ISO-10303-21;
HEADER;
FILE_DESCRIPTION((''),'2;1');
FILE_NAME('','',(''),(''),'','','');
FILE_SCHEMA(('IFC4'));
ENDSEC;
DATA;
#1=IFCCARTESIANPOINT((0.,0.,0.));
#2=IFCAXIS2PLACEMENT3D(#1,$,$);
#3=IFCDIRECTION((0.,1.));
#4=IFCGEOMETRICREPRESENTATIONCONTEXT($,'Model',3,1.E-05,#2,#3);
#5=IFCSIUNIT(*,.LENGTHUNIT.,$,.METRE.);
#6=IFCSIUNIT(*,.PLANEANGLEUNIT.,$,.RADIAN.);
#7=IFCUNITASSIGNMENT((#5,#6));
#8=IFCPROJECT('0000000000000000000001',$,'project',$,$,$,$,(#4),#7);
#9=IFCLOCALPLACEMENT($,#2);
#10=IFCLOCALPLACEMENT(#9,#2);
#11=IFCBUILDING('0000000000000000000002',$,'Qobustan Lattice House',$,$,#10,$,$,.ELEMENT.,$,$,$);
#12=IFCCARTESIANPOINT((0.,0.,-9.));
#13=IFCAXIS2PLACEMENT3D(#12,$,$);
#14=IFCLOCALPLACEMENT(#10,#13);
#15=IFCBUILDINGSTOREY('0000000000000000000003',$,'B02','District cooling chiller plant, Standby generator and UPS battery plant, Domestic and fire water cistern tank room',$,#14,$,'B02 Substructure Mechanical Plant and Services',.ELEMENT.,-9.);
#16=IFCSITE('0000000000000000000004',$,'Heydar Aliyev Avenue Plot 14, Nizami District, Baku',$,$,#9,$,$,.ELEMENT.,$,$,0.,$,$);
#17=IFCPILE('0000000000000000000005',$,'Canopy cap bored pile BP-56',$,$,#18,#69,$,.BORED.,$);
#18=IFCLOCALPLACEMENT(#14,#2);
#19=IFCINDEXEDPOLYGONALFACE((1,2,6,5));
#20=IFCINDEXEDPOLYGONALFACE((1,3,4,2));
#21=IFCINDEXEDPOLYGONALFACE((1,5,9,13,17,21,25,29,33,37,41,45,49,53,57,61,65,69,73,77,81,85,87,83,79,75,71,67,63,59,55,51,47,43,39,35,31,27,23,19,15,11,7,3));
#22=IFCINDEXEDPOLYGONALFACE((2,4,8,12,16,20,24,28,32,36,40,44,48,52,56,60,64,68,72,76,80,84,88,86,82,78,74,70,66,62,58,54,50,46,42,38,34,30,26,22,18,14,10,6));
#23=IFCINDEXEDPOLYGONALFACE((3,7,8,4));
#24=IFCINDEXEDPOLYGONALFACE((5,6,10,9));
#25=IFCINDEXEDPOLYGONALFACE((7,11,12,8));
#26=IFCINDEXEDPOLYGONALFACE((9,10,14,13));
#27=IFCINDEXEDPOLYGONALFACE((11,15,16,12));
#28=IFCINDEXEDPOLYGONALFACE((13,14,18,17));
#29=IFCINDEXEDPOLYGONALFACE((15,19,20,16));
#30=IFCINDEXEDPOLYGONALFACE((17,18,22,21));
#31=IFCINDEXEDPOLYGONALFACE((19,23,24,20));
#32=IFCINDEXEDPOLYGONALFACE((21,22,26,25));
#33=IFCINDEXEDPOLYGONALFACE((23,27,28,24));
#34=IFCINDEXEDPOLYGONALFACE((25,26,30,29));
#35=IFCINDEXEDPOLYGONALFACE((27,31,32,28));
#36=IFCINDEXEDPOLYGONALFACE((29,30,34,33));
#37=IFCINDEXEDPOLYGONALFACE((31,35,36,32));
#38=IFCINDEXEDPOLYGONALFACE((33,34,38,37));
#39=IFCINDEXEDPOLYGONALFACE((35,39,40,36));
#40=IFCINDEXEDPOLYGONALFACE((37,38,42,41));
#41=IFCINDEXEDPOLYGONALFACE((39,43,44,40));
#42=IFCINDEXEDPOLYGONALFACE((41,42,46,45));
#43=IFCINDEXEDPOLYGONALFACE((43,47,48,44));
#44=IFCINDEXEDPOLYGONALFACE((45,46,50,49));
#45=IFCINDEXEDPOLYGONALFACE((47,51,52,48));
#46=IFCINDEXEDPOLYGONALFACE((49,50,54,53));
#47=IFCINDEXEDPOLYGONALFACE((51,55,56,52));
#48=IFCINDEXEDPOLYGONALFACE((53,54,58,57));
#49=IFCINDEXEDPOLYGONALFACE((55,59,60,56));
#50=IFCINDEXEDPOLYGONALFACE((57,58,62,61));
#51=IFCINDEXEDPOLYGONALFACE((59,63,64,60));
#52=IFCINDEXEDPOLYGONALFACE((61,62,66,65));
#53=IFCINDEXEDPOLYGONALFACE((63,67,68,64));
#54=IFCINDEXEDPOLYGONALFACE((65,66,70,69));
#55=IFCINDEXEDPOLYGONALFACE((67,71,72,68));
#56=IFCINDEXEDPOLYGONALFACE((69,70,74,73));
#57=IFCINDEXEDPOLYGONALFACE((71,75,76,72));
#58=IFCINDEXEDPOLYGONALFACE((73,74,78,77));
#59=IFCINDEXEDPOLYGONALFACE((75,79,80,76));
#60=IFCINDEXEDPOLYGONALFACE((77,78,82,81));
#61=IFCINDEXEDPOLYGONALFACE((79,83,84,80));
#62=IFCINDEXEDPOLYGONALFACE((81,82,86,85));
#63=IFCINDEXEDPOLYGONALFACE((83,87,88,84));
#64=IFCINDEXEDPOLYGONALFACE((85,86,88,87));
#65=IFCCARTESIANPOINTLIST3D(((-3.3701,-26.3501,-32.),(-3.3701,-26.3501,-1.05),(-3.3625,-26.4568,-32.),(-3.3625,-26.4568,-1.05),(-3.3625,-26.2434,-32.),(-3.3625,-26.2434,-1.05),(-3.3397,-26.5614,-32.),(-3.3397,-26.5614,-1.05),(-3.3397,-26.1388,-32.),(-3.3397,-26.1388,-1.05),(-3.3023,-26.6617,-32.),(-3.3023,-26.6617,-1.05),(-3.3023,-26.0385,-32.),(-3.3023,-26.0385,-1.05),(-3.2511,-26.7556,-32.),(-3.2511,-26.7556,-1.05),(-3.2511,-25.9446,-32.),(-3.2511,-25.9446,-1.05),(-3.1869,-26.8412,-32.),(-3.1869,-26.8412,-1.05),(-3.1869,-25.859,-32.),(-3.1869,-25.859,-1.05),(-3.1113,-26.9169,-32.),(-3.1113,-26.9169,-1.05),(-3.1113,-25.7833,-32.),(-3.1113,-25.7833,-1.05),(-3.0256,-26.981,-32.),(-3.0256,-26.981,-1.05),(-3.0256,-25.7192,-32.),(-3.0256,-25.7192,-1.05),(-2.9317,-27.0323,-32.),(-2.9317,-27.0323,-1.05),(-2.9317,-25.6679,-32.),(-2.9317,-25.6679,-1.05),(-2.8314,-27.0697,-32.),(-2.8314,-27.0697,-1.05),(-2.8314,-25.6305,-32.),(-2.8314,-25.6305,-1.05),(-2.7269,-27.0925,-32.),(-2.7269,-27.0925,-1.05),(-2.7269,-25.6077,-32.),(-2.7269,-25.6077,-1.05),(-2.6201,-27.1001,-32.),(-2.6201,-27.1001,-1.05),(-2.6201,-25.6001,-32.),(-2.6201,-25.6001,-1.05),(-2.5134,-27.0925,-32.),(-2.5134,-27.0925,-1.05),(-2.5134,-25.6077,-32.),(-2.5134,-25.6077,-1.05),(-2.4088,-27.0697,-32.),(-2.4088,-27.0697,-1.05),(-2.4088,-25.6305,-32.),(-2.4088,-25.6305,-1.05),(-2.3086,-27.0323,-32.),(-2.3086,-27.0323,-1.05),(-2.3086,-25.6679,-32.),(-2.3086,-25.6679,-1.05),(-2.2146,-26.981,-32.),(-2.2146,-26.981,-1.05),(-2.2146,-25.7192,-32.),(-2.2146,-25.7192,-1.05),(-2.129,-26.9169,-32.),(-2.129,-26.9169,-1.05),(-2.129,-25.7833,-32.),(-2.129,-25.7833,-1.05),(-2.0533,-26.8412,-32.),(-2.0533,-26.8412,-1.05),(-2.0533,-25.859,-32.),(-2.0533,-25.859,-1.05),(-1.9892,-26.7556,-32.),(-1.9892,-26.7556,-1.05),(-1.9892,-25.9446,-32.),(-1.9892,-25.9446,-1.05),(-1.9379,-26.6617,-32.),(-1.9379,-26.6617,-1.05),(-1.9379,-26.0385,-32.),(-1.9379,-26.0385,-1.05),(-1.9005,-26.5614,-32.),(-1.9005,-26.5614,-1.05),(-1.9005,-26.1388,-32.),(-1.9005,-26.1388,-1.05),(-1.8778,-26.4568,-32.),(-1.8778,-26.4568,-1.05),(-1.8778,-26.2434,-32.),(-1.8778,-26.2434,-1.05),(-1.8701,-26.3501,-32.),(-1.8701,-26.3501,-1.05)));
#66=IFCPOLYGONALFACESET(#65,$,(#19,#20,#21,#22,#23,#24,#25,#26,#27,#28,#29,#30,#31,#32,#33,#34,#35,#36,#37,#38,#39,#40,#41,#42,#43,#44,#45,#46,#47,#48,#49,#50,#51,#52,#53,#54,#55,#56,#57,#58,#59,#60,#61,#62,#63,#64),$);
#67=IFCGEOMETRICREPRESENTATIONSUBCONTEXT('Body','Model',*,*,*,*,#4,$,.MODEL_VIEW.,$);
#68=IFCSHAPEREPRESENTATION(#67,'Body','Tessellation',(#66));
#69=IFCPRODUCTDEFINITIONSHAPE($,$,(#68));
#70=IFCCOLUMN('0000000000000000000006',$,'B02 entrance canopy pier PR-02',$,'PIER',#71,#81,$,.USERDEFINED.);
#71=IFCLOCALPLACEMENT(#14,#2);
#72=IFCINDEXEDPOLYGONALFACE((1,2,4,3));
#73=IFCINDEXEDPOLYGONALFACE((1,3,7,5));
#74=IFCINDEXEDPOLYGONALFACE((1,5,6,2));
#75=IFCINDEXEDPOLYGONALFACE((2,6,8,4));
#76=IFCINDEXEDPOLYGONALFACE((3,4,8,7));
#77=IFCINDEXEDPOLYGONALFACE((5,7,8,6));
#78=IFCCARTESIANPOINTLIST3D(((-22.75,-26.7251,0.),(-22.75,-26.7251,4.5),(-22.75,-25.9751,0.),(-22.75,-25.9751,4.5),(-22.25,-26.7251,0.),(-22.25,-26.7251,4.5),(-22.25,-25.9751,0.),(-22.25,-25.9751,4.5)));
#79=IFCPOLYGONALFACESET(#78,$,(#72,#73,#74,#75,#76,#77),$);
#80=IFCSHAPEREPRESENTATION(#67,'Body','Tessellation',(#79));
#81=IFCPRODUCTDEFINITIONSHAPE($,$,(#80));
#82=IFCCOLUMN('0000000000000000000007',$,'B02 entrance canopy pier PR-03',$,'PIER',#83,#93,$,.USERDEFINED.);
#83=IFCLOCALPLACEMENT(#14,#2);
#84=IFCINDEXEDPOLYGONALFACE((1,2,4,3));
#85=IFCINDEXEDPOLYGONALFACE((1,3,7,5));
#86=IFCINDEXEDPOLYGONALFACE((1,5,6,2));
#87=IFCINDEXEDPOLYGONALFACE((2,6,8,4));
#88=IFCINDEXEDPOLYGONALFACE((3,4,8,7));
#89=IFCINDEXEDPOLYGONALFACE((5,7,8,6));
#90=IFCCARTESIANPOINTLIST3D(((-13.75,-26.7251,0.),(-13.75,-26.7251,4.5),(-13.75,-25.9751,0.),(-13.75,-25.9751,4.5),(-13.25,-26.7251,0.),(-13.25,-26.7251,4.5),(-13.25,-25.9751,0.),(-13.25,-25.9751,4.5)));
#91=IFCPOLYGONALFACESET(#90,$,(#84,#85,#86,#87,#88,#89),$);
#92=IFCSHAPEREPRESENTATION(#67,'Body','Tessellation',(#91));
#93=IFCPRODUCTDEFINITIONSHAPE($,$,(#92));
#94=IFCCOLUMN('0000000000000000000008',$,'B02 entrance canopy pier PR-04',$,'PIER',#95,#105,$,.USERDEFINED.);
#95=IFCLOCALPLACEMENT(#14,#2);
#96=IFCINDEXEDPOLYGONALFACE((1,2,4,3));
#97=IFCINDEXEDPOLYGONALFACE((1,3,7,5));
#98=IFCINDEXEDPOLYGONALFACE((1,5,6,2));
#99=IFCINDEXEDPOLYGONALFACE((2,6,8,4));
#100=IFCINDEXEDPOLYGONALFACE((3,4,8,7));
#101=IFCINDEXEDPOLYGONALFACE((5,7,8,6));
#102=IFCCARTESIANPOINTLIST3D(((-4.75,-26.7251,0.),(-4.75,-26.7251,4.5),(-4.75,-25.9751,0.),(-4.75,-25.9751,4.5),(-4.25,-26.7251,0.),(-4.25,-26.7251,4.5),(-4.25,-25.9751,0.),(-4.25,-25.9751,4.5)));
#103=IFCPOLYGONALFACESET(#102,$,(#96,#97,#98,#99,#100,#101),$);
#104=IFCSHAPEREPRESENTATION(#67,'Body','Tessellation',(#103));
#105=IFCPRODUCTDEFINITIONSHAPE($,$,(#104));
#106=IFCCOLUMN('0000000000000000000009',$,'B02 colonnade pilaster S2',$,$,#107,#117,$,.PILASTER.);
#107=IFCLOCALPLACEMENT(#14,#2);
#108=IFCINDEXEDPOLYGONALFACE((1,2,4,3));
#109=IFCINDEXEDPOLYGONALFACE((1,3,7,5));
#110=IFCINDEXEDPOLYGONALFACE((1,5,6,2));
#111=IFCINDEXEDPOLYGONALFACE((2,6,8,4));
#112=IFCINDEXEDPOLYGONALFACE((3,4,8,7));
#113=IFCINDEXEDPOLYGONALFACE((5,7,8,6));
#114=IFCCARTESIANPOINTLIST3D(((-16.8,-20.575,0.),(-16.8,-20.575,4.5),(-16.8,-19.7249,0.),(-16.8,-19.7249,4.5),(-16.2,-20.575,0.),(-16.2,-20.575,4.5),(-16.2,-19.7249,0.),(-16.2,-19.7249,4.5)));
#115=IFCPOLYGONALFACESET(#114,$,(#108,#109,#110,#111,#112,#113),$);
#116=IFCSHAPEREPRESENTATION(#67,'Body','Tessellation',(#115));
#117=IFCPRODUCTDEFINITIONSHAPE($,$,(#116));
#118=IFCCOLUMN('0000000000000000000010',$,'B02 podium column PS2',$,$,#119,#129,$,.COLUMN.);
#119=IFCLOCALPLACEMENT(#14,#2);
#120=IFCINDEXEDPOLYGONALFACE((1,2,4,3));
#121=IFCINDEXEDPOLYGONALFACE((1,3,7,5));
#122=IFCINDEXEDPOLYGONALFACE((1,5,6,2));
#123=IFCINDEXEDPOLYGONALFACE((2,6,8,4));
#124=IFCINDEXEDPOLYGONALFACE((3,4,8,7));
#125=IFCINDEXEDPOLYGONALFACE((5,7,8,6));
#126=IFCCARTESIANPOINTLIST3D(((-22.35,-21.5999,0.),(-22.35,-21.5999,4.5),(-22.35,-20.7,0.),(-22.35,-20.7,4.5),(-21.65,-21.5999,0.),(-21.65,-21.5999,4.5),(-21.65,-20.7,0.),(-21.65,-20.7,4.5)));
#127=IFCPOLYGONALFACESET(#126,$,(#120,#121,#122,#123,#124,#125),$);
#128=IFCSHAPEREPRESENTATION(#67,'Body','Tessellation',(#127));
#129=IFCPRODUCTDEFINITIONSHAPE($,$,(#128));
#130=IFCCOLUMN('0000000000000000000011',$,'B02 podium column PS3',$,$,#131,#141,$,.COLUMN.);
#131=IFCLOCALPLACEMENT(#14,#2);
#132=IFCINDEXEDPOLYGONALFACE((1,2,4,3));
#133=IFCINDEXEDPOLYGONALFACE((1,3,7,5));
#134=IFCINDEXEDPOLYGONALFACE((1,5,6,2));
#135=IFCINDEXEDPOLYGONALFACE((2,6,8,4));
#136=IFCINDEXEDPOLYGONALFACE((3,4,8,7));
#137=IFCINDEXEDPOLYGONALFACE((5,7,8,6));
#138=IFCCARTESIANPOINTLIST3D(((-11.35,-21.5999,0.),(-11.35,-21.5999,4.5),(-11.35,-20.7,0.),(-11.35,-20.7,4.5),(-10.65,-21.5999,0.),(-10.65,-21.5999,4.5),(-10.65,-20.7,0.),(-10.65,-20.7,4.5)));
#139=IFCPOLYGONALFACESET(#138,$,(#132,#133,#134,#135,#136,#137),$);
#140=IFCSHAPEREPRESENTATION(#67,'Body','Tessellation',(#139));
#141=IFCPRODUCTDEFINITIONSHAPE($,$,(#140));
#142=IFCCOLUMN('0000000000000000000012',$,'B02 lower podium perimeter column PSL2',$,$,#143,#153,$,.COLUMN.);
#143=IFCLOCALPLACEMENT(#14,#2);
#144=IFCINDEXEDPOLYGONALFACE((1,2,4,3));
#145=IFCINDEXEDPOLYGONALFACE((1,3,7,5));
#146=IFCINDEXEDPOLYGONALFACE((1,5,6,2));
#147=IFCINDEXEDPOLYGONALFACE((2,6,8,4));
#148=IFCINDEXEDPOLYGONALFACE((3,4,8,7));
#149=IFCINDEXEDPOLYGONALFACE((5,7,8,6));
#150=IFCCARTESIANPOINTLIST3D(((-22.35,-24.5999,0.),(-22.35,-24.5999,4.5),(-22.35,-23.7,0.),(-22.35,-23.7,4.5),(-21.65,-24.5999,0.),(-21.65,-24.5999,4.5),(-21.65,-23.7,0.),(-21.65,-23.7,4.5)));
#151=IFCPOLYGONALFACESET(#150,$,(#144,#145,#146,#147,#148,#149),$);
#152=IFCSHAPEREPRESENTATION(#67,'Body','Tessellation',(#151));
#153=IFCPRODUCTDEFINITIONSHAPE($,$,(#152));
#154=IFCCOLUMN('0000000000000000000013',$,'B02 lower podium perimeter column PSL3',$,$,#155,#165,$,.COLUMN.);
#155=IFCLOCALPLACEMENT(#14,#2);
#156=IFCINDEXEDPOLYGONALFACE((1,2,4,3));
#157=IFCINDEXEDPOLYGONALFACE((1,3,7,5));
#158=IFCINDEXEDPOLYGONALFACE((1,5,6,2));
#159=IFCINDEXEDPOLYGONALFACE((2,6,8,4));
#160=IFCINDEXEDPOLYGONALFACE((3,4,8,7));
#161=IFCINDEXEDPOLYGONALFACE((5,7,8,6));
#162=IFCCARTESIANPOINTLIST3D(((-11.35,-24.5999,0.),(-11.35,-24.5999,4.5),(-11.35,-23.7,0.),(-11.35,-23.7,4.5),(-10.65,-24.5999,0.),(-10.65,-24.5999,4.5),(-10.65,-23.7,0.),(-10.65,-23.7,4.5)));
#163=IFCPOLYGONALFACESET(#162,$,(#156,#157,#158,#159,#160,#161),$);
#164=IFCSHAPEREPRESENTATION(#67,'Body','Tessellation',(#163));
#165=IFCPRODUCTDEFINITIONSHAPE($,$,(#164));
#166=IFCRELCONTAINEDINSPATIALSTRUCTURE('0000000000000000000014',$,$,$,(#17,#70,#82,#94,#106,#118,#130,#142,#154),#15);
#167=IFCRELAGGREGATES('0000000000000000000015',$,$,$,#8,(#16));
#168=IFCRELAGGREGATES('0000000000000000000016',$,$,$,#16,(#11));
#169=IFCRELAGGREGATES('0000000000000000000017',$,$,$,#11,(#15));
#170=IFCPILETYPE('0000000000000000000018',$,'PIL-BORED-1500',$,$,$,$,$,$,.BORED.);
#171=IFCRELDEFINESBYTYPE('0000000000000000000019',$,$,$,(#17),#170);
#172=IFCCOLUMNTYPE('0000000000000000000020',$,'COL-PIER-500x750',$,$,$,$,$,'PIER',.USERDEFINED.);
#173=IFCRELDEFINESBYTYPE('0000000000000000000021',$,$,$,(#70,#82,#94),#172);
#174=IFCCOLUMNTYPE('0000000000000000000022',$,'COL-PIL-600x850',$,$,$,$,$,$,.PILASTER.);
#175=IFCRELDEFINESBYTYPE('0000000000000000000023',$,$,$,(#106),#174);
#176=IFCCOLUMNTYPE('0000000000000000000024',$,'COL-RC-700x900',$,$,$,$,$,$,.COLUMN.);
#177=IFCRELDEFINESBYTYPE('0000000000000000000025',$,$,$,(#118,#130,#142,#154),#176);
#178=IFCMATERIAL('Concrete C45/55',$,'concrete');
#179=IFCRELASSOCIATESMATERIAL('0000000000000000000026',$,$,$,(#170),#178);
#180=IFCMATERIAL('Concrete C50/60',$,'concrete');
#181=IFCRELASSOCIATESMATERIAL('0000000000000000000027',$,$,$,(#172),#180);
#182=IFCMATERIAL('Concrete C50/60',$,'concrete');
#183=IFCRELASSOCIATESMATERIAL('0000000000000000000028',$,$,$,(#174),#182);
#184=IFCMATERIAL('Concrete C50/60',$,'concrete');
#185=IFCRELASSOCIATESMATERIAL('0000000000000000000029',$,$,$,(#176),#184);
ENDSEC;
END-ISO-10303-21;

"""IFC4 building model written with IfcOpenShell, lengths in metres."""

from ifc_helpers import new_model, si_unit, direction, frame, origin, origin_2d, place, context, subcontext, project, spatial, rectangle, circle, extrude, material, material_profile, profile_set, type_object, element, save


model = new_model("IFC4")

# Units and contexts
model_context = context("Model", 3, precision=1e-05, world=origin(), true_north=direction((0.0, 1.0)))
body_context = subcontext(model_context, "Body", "Model", "MODEL_VIEW")
ifc_project = project(units=[si_unit("LENGTHUNIT", "METRE"), si_unit("PLANEANGLEUNIT", "RADIAN")], contexts=[model_context])

# Site, building, storey
site_placement = place(None, origin())
site = spatial("IfcSite", under=ifc_project, at=site_placement, Name="Heydar Aliyev Avenue Plot 14, Nizami District, Baku", CompositionType="ELEMENT", RefElevation=0.0)
building_placement = place(site_placement, origin())
building = spatial("IfcBuilding", under=site, at=building_placement, Name="Qobustan Lattice House", CompositionType="ELEMENT")
storey_placement = place(building_placement, frame((0.0, 0.0, -9.0)))
storey = spatial("IfcBuildingStorey", under=building, at=storey_placement, Name="B02", Description="District cooling chiller plant, Standby generator and UPS battery plant, Domestic and fire water cistern tank room", LongName="B02 Substructure Mechanical Plant and Services", CompositionType="ELEMENT", Elevation=-9.0)

# Pile
ifc_material_1 = material(Name="Concrete C45/55", Category="concrete")
ifc_material_profile_1 = material_profile(ifc_material_1, circle(Radius=0.75, at=origin_2d()), Name="PILE-D1500")
ifc_profile_set_1 = profile_set([ifc_material_profile_1], Name="Concrete C45/55")
pile_type = type_object("IfcPileType", Name="PIL-BORED-1500", PredefinedType="BORED", material=ifc_profile_set_1)
for number, where, z_axis, x_axis, name in (
    (1, (-2.6201, -26.3501, -1.05), (0.0, 0.0, -1.0), (1.0, 0.0, 0.0), "Canopy cap bored pile BP-56"),
):
    element("IfcPile", number, at=place(storey_placement, frame(where, z_axis=z_axis, x_axis=x_axis)), inside=storey, type_object=pile_type, Name=name, PredefinedType="BORED", context=body_context, shape_type="SweptSolid", body=[
        extrude(circle(Radius=0.75, at=origin_2d()), origin(), (0.0, 0.0, 1.0), 30.95),
    ])

# Columns
ifc_material_2 = material(Name="Concrete C50/60", Category="concrete")
ifc_material_profile_2 = material_profile(ifc_material_2, rectangle(XDim=0.5, YDim=0.75, at=origin_2d()), Name="RC500x750")
ifc_profile_set_2 = profile_set([ifc_material_profile_2], Name="Concrete C50/60")
column_type_1 = type_object("IfcColumnType", Name="COL-PIER-500x750", ElementType="PIER", PredefinedType="USERDEFINED", material=ifc_profile_set_2)
for number, where, z_axis, x_axis, name in (
    (2, (-22.5, -26.3501, 0.0), (0.0, 0.0, 1.0), (1.0, 0.0, 0.0), "B02 entrance canopy pier PR-02"),
    (3, (-13.5, -26.3501, 0.0), (0.0, 0.0, 1.0), (1.0, 0.0, 0.0), "B02 entrance canopy pier PR-03"),
    (4, (-4.5, -26.3501, 0.0), (0.0, 0.0, 1.0), (1.0, 0.0, 0.0), "B02 entrance canopy pier PR-04"),
):
    element("IfcColumn", number, at=place(storey_placement, frame(where, z_axis=z_axis, x_axis=x_axis)), inside=storey, type_object=column_type_1, Name=name, ObjectType="PIER", PredefinedType="USERDEFINED", context=body_context, shape_type="SweptSolid", body=[
        extrude(rectangle(XDim=0.5, YDim=0.75, at=origin_2d()), origin(), (0.0, 0.0, 1.0), 4.5),
    ])
ifc_material_3 = material(Name="Concrete C50/60", Category="concrete")
ifc_material_profile_3 = material_profile(ifc_material_3, rectangle(XDim=0.6001, YDim=0.8501, at=origin_2d()), Name="RC600x850")
ifc_profile_set_3 = profile_set([ifc_material_profile_3], Name="Concrete C50/60")
column_type_2 = type_object("IfcColumnType", Name="COL-PIL-600x850", PredefinedType="PILASTER", material=ifc_profile_set_3)
column_placement = place(storey_placement, frame((-16.5, -20.1499, 0.0), z_axis=(0.0, 0.0, 1.0), x_axis=(1.0, 0.0, 0.0)))
element("IfcColumn", 5, at=column_placement, inside=storey, type_object=column_type_2, Name="B02 colonnade pilaster S2", PredefinedType="PILASTER", context=body_context, shape_type="SweptSolid", body=[
    extrude(rectangle(XDim=0.6001, YDim=0.8501, at=origin_2d()), origin(), (0.0, 0.0, 1.0), 4.5),
])
ifc_material_4 = material(Name="Concrete C50/60", Category="concrete")
ifc_material_profile_4 = material_profile(ifc_material_4, rectangle(XDim=0.7, YDim=0.8999, at=origin_2d()), Name="RC700x900")
ifc_profile_set_4 = profile_set([ifc_material_profile_4], Name="Concrete C50/60")
column_type_3 = type_object("IfcColumnType", Name="COL-RC-700x900", PredefinedType="COLUMN", material=ifc_profile_set_4)
for number, where, z_axis, x_axis, name in (
    (6, (-22.0, -21.1499, 0.0), (0.0, 0.0, 1.0), (1.0, 0.0, 0.0), "B02 podium column PS2"),
    (7, (-11.0, -21.1499, 0.0), (0.0, 0.0, 1.0), (1.0, 0.0, 0.0), "B02 podium column PS3"),
    (8, (-22.0, -24.1499, 0.0), (0.0, 0.0, 1.0), (1.0, 0.0, 0.0), "B02 lower podium perimeter column PSL2"),
    (9, (-11.0, -24.1499, 0.0), (0.0, 0.0, 1.0), (1.0, 0.0, 0.0), "B02 lower podium perimeter column PSL3"),
):
    element("IfcColumn", number, at=place(storey_placement, frame(where, z_axis=z_axis, x_axis=x_axis)), inside=storey, type_object=column_type_3, Name=name, PredefinedType="COLUMN", context=body_context, shape_type="SweptSolid", body=[
        extrude(rectangle(XDim=0.7, YDim=0.8999, at=origin_2d()), origin(), (0.0, 0.0, 1.0), 4.5),
    ])

save(model, "model.ifc")
